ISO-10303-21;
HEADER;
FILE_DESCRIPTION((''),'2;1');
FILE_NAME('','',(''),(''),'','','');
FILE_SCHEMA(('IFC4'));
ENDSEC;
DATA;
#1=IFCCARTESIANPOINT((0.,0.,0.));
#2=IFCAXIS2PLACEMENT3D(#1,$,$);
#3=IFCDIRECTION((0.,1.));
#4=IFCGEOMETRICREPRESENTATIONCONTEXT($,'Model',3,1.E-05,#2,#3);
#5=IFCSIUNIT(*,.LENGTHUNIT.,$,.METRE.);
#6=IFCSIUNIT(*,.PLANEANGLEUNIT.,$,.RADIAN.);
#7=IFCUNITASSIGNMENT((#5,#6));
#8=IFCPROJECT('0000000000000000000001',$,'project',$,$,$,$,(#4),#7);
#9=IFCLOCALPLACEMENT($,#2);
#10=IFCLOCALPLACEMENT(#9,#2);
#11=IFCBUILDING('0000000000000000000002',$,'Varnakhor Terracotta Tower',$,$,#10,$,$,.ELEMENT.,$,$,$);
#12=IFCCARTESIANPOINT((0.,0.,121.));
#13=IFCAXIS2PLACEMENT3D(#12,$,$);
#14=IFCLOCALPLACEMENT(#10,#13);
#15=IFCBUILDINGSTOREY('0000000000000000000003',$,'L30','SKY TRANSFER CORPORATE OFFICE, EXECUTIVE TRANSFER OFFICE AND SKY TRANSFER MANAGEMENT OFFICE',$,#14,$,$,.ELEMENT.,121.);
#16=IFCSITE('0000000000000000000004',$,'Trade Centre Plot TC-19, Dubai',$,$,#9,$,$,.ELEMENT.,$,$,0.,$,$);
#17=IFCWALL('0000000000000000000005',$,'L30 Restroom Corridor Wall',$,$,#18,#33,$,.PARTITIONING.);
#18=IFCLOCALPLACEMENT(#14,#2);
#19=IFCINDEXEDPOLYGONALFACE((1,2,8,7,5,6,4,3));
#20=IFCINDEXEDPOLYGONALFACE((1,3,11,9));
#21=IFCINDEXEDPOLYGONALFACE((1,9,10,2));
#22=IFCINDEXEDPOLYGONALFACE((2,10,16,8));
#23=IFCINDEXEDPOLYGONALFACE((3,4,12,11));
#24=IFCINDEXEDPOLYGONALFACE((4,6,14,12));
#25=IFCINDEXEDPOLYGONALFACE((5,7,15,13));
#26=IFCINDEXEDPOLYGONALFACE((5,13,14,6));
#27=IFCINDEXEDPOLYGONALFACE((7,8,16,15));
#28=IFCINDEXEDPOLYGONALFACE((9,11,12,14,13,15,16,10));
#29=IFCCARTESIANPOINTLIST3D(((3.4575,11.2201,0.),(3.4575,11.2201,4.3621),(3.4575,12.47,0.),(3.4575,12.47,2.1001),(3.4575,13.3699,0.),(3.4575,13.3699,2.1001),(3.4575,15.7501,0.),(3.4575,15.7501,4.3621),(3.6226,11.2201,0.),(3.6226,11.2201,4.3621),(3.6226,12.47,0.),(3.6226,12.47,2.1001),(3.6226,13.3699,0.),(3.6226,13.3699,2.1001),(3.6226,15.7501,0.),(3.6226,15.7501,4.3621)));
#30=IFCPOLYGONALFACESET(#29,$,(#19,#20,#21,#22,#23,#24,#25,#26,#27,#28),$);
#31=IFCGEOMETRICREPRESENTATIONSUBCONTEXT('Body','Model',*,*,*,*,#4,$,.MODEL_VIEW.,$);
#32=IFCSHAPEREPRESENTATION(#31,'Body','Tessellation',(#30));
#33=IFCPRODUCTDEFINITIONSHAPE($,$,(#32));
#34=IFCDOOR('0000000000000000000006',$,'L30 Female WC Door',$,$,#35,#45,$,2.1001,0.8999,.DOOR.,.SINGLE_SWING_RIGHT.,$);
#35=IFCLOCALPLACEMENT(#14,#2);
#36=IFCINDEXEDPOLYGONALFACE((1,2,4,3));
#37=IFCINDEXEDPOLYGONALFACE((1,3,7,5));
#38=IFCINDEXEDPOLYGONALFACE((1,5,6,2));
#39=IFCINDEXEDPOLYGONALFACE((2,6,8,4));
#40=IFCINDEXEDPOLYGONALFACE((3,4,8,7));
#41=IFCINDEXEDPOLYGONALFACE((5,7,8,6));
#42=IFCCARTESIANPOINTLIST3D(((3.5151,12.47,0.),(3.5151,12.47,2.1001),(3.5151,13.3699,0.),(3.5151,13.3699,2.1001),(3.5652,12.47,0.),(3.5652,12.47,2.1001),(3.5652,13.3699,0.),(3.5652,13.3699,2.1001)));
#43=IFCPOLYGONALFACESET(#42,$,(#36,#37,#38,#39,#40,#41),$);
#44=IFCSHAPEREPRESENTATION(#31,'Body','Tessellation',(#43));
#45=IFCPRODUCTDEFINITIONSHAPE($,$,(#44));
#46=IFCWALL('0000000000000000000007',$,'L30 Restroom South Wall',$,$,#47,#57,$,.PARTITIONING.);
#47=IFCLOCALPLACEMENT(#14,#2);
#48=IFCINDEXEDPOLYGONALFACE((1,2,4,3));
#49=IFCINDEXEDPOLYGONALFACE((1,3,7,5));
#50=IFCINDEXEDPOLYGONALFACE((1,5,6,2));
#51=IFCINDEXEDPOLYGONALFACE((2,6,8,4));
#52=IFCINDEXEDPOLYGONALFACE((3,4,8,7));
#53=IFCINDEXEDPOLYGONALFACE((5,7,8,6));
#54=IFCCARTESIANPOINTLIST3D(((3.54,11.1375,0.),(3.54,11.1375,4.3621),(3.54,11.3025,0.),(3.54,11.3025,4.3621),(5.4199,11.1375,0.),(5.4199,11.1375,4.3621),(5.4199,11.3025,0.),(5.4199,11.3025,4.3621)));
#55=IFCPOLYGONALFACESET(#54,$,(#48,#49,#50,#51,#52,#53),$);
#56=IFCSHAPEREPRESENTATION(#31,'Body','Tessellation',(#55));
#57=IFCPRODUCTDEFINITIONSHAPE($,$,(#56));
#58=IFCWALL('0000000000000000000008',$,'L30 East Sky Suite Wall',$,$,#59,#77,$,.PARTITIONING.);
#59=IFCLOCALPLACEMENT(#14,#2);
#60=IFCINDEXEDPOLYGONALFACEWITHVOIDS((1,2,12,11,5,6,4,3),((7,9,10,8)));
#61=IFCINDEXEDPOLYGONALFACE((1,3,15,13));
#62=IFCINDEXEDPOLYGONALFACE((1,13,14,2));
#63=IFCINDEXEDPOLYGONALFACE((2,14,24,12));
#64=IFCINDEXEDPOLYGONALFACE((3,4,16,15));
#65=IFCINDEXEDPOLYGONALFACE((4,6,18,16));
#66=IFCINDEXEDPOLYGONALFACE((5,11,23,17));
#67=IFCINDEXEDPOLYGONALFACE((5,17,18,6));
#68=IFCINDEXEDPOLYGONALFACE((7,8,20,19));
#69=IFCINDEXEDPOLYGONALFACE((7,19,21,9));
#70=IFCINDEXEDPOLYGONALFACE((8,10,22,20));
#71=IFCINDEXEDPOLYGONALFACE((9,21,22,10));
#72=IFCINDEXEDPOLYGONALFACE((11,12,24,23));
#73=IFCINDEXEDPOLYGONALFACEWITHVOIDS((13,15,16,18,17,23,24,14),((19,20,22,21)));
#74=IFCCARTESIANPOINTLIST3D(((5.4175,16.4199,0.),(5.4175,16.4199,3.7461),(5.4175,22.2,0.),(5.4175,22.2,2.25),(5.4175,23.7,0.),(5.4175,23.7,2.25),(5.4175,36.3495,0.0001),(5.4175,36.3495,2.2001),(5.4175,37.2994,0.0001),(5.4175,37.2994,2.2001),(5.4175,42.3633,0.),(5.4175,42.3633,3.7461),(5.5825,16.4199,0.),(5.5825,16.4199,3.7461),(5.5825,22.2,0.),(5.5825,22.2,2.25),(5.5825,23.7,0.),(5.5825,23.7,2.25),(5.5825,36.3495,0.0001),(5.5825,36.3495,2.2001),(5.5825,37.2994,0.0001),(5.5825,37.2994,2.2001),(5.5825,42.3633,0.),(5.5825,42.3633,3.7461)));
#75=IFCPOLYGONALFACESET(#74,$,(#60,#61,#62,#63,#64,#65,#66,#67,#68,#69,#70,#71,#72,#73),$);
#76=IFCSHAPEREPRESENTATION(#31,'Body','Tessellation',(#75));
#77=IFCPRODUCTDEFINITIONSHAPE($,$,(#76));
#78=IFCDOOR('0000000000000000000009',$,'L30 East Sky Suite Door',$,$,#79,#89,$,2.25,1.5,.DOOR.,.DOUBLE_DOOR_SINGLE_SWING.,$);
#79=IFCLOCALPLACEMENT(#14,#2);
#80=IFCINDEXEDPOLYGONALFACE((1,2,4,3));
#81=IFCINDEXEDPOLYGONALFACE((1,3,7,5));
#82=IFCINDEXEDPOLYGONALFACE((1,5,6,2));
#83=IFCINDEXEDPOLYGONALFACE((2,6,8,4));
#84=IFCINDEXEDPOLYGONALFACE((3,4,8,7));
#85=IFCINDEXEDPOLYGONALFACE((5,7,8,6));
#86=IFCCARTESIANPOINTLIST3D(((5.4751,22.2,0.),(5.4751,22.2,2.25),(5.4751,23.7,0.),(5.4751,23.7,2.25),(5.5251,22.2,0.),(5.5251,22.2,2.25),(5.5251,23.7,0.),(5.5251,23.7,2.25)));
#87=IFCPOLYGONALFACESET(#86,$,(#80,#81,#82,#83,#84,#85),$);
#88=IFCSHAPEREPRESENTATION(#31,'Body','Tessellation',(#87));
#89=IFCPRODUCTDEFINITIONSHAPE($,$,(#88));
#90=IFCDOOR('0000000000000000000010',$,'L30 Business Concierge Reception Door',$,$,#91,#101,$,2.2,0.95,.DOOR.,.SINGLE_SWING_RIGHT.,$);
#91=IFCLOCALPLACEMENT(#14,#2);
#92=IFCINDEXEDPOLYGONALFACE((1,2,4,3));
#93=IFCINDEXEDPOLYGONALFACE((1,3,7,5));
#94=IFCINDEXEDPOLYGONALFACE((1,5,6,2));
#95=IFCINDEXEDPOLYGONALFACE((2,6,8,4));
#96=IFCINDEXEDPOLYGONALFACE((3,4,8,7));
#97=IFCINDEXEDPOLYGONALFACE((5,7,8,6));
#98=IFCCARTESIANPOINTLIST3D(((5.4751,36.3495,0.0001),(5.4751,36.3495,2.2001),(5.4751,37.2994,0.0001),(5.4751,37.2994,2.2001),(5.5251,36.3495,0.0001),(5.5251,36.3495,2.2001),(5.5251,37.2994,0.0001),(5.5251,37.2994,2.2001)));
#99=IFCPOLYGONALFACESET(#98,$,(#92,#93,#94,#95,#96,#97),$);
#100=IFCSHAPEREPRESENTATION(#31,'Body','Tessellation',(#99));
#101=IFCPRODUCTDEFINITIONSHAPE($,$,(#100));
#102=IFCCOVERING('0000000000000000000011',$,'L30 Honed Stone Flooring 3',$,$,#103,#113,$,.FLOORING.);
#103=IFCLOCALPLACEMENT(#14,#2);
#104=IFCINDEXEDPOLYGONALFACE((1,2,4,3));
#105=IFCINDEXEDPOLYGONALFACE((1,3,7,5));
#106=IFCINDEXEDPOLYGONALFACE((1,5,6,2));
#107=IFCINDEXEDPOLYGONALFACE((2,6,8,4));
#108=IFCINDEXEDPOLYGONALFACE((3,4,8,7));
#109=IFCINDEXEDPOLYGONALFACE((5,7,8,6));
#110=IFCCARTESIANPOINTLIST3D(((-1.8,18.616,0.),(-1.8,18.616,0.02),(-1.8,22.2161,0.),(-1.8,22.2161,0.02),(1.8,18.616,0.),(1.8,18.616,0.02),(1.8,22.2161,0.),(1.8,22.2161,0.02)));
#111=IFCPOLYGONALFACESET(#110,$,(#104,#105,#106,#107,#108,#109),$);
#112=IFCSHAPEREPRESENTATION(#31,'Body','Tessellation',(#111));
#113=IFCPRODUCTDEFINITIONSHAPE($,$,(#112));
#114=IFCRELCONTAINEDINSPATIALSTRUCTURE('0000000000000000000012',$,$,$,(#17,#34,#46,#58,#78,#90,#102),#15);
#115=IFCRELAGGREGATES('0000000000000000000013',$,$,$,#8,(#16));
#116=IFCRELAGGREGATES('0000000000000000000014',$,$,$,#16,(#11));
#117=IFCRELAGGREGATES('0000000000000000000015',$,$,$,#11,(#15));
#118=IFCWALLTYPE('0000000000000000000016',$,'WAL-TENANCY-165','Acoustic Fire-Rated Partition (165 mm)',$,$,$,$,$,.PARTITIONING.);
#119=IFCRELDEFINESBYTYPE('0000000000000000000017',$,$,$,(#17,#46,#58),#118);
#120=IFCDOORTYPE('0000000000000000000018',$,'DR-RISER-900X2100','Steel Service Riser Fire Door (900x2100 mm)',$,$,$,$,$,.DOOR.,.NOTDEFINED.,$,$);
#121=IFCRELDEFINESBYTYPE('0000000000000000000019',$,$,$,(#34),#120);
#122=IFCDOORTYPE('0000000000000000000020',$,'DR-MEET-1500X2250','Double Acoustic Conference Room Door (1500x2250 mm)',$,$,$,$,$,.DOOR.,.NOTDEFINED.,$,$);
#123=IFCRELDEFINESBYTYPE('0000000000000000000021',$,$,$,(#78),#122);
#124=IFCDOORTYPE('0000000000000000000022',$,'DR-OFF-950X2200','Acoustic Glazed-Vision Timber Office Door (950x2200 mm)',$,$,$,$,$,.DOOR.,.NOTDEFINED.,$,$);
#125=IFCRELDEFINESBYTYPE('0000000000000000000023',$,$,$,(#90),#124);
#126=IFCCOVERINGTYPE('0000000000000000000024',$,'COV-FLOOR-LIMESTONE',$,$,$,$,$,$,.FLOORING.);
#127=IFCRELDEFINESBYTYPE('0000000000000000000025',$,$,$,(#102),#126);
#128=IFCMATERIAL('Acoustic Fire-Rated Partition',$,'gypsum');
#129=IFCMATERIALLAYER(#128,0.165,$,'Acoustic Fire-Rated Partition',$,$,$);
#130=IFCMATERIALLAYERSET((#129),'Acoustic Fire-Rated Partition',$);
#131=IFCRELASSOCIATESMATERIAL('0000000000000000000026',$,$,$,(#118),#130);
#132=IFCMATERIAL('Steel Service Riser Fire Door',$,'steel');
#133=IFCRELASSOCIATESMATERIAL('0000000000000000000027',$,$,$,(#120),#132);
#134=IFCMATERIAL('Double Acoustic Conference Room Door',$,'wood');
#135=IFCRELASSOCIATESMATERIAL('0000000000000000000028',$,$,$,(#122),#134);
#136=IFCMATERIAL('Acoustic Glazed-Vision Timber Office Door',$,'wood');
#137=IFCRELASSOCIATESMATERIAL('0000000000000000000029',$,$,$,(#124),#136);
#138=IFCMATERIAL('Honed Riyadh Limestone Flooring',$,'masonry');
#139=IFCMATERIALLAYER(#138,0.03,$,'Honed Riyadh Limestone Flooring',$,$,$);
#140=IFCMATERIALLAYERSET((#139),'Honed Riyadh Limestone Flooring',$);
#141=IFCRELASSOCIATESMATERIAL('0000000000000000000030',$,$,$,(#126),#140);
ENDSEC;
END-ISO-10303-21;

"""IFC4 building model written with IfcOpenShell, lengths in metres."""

from ifc_helpers import new_model, si_unit, direction, frame, frame_2d, origin, origin_2d, place, context, subcontext, project, spatial, rectangle, extrude, source, transform, mapped, material, layer, layer_set, type_object, type_shapes, element, fill, save


model = new_model("IFC4")

# Units and contexts
model_context = context("Model", 3, precision=1e-05, world=origin(), true_north=direction((0.0, 1.0)))
body_context = subcontext(model_context, "Body", "Model", "MODEL_VIEW")
ifc_project = project(units=[si_unit("LENGTHUNIT", "METRE"), si_unit("PLANEANGLEUNIT", "RADIAN")], contexts=[model_context])

# Site, building, storey
site_placement = place(None, origin())
site = spatial("IfcSite", under=ifc_project, at=site_placement, Name="Trade Centre Plot TC-19, Dubai", CompositionType="ELEMENT", RefElevation=0.0)
building_placement = place(site_placement, origin())
building = spatial("IfcBuilding", under=site, at=building_placement, Name="Varnakhor Terracotta Tower", CompositionType="ELEMENT")
storey_placement = place(building_placement, frame((0.0, 0.0, 121.0)))
storey = spatial("IfcBuildingStorey", under=building, at=storey_placement, Name="L30", Description="SKY TRANSFER CORPORATE OFFICE, EXECUTIVE TRANSFER OFFICE AND SKY TRANSFER MANAGEMENT OFFICE", CompositionType="ELEMENT", Elevation=121.0)

# Wall, opening, door
ifc_material_1 = material(Name="Acoustic Fire-Rated Partition", Category="gypsum")
ifc_layer_1 = layer(ifc_material_1, 0.165, Name="Acoustic Fire-Rated Partition")
ifc_layer_set_1 = layer_set([ifc_layer_1], Name="Acoustic Fire-Rated Partition")
wall_type_1 = type_object("IfcWallType", Name="WAL-TENANCY-165", Description="Acoustic Fire-Rated Partition (165 mm)", PredefinedType="PARTITIONING", material=ifc_layer_set_1)
ifc_material_2 = material(Name="Steel Service Riser Fire Door", Category="steel")
door_type_1 = type_object("IfcDoorType", Name="DR-RISER-900X2100", Description="Steel Service Riser Fire Door (900x2100 mm)", OperationType="NOTDEFINED", PredefinedType="DOOR", material=ifc_material_2)
shared_shape_1 = source(origin(), body_context, "Body", "SweptSolid", [
    extrude(rectangle(XDim=0.8999, YDim=2.1001, at=frame_2d((0.45, 1.05))), frame((0.0, 0.0249, 0.0), z_axis=(0.0, -1.0, 0.0), x_axis=(1.0, 0.0, 0.0)), (0.0, 0.0, 1.0), 0.05),
])
type_shapes(door_type_1, [shared_shape_1])
wall_1_placement = place(storey_placement, frame((3.54, 11.22, 0.0), z_axis=(0.0, 0.0, 1.0), x_axis=(0.0, 1.0, 0.0)))
wall_1 = element("IfcWall", 1, at=wall_1_placement, inside=storey, type_object=wall_type_1, Name="L30 Restroom Corridor Wall", PredefinedType="PARTITIONING", context=body_context, shape_type="SweptSolid", body=[
    extrude(rectangle(XDim=4.53, YDim=0.165, at=frame_2d((2.2651, 0.0))), origin(), (0.0, 0.0, 1.0), 4.3621),
])
opening_1_placement = place(wall_1_placement, frame((1.25, 0.0, 0.0)))
opening_1 = element("IfcOpeningElement", 2, at=opening_1_placement, cuts=wall_1, PredefinedType="OPENING", context=body_context, shape_type="SweptSolid", body=[
    extrude(rectangle(XDim=0.8999, YDim=2.1001, at=frame_2d((0.45, 1.05))), frame((0.0, 0.0925, 0.0), z_axis=(0.0, -1.0, 0.0), x_axis=(1.0, 0.0, 0.0)), (0.0, 0.0, 1.0), 0.1851),
])
door_1_placement = place(opening_1_placement, origin())
door_1 = element("IfcDoor", 3, at=door_1_placement, inside=storey, type_object=door_type_1, Name="L30 Female WC Door", OperationType="SINGLE_SWING_RIGHT", OverallHeight=2.1001, OverallWidth=0.8999, PredefinedType="DOOR", context=body_context, shape_type="MappedRepresentation", body=[
    mapped(shared_shape_1, transform((0.0, 0.0, 0.0), scale=1.0)),
])
fill(opening_1, door_1)

# Wall
wall_2_placement = place(storey_placement, frame((3.54, 11.22, 0.0), z_axis=(0.0, 0.0, 1.0), x_axis=(1.0, 0.0, 0.0)))
element("IfcWall", 4, at=wall_2_placement, inside=storey, type_object=wall_type_1, Name="L30 Restroom South Wall", PredefinedType="PARTITIONING", context=body_context, shape_type="SweptSolid", body=[
    extrude(rectangle(XDim=1.8799, YDim=0.165, at=frame_2d((0.9399, 0.0))), origin(), (0.0, 0.0, 1.0), 4.3621),
])

# Wall, openings, doors
wall_3_placement = place(storey_placement, frame((5.5, 16.4199, 0.0), z_axis=(0.0, 0.0, 1.0), x_axis=(0.0, 1.0, 0.0)))
wall_3 = element("IfcWall", 5, at=wall_3_placement, inside=storey, type_object=wall_type_1, Name="L30 East Sky Suite Wall", PredefinedType="PARTITIONING", context=body_context, shape_type="SweptSolid", body=[
    extrude(rectangle(XDim=25.9434, YDim=0.165, at=frame_2d((12.9717, 0.0))), origin(), (0.0, 0.0, 1.0), 3.7461),
])
opening_2_placement = place(wall_3_placement, frame((5.78, 0.0, 0.0)))
opening_2 = element("IfcOpeningElement", 6, at=opening_2_placement, cuts=wall_3, PredefinedType="OPENING", context=body_context, shape_type="SweptSolid", body=[
    extrude(rectangle(XDim=1.5, YDim=2.25, at=frame_2d((0.75, 1.125))), frame((0.0, 0.0925, 0.0), z_axis=(0.0, -1.0, 0.0), x_axis=(1.0, 0.0, 0.0)), (0.0, 0.0, 1.0), 0.1851),
])
opening_3_placement = place(wall_3_placement, frame((19.9294, 0.0, 0.0)))
opening_3 = element("IfcOpeningElement", 7, at=opening_3_placement, cuts=wall_3, PredefinedType="OPENING", context=body_context, shape_type="SweptSolid", body=[
    extrude(rectangle(XDim=0.95, YDim=2.2, at=frame_2d((0.4751, 1.1001))), frame((0.0, 0.0925, 0.0), z_axis=(0.0, -1.0, 0.0), x_axis=(1.0, 0.0, 0.0)), (0.0, 0.0, 1.0), 0.1851),
])
ifc_material_3 = material(Name="Double Acoustic Conference Room Door", Category="wood")
door_type_2 = type_object("IfcDoorType", Name="DR-MEET-1500X2250", Description="Double Acoustic Conference Room Door (1500x2250 mm)", OperationType="NOTDEFINED", PredefinedType="DOOR", material=ifc_material_3)
shared_shape_2 = source(origin(), body_context, "Body", "SweptSolid", [
    extrude(rectangle(XDim=1.5, YDim=2.25, at=frame_2d((0.75, 1.125))), frame((0.0, 0.0249, 0.0), z_axis=(0.0, -1.0, 0.0), x_axis=(1.0, 0.0, 0.0)), (0.0, 0.0, 1.0), 0.05),
])
type_shapes(door_type_2, [shared_shape_2])
door_2_placement = place(opening_2_placement, origin())
door_2 = element("IfcDoor", 8, at=door_2_placement, inside=storey, type_object=door_type_2, Name="L30 East Sky Suite Door", OperationType="DOUBLE_DOOR_SINGLE_SWING", OverallHeight=2.25, OverallWidth=1.5, PredefinedType="DOOR", context=body_context, shape_type="MappedRepresentation", body=[
    mapped(shared_shape_2, transform((0.0, 0.0, 0.0), scale=1.0)),
])
fill(opening_2, door_2)
ifc_material_4 = material(Name="Acoustic Glazed-Vision Timber Office Door", Category="wood")
door_type_3 = type_object("IfcDoorType", Name="DR-OFF-950X2200", Description="Acoustic Glazed-Vision Timber Office Door (950x2200 mm)", OperationType="NOTDEFINED", PredefinedType="DOOR", material=ifc_material_4)
shared_shape_3 = source(origin(), body_context, "Body", "SweptSolid", [
    extrude(rectangle(XDim=0.95, YDim=2.2, at=frame_2d((0.4751, 1.1001))), frame((0.0, 0.0249, 0.0), z_axis=(0.0, -1.0, 0.0), x_axis=(1.0, 0.0, 0.0)), (0.0, 0.0, 1.0), 0.05),
])
type_shapes(door_type_3, [shared_shape_3])
door_3_placement = place(opening_3_placement, origin())
door_3 = element("IfcDoor", 9, at=door_3_placement, inside=storey, type_object=door_type_3, Name="L30 Business Concierge Reception Door", OperationType="SINGLE_SWING_RIGHT", OverallHeight=2.2, OverallWidth=0.95, PredefinedType="DOOR", context=body_context, shape_type="MappedRepresentation", body=[
    mapped(shared_shape_3, transform((0.0, 0.0, 0.0), scale=1.0)),
])
fill(opening_3, door_3)

# Covering
ifc_material_5 = material(Name="Honed Riyadh Limestone Flooring", Category="masonry")
ifc_layer_2 = layer(ifc_material_5, 0.03, Name="Honed Riyadh Limestone Flooring")
ifc_layer_set_2 = layer_set([ifc_layer_2], Name="Honed Riyadh Limestone Flooring")
covering_type = type_object("IfcCoveringType", Name="COV-FLOOR-LIMESTONE", PredefinedType="FLOORING", material=ifc_layer_set_2)
shared_shape_4 = source(origin(), body_context, "Body", "SweptSolid", [
    extrude(rectangle(XDim=3.6001, YDim=3.6001, at=origin_2d()), origin(), (0.0, 0.0, 1.0), 0.02),
])
covering_placement = place(storey_placement, frame((0.0, 20.416, 0.0), z_axis=(0.0, 0.0, 1.0), x_axis=(1.0, 0.0, 0.0)))
element("IfcCovering", 10, at=covering_placement, inside=storey, type_object=covering_type, Name="L30 Honed Stone Flooring 3", PredefinedType="FLOORING", context=body_context, shape_type="MappedRepresentation", body=[
    mapped(shared_shape_4, transform((0.0, 0.0, 0.0), scale=1.0)),
])

save(model, "model.ifc")
